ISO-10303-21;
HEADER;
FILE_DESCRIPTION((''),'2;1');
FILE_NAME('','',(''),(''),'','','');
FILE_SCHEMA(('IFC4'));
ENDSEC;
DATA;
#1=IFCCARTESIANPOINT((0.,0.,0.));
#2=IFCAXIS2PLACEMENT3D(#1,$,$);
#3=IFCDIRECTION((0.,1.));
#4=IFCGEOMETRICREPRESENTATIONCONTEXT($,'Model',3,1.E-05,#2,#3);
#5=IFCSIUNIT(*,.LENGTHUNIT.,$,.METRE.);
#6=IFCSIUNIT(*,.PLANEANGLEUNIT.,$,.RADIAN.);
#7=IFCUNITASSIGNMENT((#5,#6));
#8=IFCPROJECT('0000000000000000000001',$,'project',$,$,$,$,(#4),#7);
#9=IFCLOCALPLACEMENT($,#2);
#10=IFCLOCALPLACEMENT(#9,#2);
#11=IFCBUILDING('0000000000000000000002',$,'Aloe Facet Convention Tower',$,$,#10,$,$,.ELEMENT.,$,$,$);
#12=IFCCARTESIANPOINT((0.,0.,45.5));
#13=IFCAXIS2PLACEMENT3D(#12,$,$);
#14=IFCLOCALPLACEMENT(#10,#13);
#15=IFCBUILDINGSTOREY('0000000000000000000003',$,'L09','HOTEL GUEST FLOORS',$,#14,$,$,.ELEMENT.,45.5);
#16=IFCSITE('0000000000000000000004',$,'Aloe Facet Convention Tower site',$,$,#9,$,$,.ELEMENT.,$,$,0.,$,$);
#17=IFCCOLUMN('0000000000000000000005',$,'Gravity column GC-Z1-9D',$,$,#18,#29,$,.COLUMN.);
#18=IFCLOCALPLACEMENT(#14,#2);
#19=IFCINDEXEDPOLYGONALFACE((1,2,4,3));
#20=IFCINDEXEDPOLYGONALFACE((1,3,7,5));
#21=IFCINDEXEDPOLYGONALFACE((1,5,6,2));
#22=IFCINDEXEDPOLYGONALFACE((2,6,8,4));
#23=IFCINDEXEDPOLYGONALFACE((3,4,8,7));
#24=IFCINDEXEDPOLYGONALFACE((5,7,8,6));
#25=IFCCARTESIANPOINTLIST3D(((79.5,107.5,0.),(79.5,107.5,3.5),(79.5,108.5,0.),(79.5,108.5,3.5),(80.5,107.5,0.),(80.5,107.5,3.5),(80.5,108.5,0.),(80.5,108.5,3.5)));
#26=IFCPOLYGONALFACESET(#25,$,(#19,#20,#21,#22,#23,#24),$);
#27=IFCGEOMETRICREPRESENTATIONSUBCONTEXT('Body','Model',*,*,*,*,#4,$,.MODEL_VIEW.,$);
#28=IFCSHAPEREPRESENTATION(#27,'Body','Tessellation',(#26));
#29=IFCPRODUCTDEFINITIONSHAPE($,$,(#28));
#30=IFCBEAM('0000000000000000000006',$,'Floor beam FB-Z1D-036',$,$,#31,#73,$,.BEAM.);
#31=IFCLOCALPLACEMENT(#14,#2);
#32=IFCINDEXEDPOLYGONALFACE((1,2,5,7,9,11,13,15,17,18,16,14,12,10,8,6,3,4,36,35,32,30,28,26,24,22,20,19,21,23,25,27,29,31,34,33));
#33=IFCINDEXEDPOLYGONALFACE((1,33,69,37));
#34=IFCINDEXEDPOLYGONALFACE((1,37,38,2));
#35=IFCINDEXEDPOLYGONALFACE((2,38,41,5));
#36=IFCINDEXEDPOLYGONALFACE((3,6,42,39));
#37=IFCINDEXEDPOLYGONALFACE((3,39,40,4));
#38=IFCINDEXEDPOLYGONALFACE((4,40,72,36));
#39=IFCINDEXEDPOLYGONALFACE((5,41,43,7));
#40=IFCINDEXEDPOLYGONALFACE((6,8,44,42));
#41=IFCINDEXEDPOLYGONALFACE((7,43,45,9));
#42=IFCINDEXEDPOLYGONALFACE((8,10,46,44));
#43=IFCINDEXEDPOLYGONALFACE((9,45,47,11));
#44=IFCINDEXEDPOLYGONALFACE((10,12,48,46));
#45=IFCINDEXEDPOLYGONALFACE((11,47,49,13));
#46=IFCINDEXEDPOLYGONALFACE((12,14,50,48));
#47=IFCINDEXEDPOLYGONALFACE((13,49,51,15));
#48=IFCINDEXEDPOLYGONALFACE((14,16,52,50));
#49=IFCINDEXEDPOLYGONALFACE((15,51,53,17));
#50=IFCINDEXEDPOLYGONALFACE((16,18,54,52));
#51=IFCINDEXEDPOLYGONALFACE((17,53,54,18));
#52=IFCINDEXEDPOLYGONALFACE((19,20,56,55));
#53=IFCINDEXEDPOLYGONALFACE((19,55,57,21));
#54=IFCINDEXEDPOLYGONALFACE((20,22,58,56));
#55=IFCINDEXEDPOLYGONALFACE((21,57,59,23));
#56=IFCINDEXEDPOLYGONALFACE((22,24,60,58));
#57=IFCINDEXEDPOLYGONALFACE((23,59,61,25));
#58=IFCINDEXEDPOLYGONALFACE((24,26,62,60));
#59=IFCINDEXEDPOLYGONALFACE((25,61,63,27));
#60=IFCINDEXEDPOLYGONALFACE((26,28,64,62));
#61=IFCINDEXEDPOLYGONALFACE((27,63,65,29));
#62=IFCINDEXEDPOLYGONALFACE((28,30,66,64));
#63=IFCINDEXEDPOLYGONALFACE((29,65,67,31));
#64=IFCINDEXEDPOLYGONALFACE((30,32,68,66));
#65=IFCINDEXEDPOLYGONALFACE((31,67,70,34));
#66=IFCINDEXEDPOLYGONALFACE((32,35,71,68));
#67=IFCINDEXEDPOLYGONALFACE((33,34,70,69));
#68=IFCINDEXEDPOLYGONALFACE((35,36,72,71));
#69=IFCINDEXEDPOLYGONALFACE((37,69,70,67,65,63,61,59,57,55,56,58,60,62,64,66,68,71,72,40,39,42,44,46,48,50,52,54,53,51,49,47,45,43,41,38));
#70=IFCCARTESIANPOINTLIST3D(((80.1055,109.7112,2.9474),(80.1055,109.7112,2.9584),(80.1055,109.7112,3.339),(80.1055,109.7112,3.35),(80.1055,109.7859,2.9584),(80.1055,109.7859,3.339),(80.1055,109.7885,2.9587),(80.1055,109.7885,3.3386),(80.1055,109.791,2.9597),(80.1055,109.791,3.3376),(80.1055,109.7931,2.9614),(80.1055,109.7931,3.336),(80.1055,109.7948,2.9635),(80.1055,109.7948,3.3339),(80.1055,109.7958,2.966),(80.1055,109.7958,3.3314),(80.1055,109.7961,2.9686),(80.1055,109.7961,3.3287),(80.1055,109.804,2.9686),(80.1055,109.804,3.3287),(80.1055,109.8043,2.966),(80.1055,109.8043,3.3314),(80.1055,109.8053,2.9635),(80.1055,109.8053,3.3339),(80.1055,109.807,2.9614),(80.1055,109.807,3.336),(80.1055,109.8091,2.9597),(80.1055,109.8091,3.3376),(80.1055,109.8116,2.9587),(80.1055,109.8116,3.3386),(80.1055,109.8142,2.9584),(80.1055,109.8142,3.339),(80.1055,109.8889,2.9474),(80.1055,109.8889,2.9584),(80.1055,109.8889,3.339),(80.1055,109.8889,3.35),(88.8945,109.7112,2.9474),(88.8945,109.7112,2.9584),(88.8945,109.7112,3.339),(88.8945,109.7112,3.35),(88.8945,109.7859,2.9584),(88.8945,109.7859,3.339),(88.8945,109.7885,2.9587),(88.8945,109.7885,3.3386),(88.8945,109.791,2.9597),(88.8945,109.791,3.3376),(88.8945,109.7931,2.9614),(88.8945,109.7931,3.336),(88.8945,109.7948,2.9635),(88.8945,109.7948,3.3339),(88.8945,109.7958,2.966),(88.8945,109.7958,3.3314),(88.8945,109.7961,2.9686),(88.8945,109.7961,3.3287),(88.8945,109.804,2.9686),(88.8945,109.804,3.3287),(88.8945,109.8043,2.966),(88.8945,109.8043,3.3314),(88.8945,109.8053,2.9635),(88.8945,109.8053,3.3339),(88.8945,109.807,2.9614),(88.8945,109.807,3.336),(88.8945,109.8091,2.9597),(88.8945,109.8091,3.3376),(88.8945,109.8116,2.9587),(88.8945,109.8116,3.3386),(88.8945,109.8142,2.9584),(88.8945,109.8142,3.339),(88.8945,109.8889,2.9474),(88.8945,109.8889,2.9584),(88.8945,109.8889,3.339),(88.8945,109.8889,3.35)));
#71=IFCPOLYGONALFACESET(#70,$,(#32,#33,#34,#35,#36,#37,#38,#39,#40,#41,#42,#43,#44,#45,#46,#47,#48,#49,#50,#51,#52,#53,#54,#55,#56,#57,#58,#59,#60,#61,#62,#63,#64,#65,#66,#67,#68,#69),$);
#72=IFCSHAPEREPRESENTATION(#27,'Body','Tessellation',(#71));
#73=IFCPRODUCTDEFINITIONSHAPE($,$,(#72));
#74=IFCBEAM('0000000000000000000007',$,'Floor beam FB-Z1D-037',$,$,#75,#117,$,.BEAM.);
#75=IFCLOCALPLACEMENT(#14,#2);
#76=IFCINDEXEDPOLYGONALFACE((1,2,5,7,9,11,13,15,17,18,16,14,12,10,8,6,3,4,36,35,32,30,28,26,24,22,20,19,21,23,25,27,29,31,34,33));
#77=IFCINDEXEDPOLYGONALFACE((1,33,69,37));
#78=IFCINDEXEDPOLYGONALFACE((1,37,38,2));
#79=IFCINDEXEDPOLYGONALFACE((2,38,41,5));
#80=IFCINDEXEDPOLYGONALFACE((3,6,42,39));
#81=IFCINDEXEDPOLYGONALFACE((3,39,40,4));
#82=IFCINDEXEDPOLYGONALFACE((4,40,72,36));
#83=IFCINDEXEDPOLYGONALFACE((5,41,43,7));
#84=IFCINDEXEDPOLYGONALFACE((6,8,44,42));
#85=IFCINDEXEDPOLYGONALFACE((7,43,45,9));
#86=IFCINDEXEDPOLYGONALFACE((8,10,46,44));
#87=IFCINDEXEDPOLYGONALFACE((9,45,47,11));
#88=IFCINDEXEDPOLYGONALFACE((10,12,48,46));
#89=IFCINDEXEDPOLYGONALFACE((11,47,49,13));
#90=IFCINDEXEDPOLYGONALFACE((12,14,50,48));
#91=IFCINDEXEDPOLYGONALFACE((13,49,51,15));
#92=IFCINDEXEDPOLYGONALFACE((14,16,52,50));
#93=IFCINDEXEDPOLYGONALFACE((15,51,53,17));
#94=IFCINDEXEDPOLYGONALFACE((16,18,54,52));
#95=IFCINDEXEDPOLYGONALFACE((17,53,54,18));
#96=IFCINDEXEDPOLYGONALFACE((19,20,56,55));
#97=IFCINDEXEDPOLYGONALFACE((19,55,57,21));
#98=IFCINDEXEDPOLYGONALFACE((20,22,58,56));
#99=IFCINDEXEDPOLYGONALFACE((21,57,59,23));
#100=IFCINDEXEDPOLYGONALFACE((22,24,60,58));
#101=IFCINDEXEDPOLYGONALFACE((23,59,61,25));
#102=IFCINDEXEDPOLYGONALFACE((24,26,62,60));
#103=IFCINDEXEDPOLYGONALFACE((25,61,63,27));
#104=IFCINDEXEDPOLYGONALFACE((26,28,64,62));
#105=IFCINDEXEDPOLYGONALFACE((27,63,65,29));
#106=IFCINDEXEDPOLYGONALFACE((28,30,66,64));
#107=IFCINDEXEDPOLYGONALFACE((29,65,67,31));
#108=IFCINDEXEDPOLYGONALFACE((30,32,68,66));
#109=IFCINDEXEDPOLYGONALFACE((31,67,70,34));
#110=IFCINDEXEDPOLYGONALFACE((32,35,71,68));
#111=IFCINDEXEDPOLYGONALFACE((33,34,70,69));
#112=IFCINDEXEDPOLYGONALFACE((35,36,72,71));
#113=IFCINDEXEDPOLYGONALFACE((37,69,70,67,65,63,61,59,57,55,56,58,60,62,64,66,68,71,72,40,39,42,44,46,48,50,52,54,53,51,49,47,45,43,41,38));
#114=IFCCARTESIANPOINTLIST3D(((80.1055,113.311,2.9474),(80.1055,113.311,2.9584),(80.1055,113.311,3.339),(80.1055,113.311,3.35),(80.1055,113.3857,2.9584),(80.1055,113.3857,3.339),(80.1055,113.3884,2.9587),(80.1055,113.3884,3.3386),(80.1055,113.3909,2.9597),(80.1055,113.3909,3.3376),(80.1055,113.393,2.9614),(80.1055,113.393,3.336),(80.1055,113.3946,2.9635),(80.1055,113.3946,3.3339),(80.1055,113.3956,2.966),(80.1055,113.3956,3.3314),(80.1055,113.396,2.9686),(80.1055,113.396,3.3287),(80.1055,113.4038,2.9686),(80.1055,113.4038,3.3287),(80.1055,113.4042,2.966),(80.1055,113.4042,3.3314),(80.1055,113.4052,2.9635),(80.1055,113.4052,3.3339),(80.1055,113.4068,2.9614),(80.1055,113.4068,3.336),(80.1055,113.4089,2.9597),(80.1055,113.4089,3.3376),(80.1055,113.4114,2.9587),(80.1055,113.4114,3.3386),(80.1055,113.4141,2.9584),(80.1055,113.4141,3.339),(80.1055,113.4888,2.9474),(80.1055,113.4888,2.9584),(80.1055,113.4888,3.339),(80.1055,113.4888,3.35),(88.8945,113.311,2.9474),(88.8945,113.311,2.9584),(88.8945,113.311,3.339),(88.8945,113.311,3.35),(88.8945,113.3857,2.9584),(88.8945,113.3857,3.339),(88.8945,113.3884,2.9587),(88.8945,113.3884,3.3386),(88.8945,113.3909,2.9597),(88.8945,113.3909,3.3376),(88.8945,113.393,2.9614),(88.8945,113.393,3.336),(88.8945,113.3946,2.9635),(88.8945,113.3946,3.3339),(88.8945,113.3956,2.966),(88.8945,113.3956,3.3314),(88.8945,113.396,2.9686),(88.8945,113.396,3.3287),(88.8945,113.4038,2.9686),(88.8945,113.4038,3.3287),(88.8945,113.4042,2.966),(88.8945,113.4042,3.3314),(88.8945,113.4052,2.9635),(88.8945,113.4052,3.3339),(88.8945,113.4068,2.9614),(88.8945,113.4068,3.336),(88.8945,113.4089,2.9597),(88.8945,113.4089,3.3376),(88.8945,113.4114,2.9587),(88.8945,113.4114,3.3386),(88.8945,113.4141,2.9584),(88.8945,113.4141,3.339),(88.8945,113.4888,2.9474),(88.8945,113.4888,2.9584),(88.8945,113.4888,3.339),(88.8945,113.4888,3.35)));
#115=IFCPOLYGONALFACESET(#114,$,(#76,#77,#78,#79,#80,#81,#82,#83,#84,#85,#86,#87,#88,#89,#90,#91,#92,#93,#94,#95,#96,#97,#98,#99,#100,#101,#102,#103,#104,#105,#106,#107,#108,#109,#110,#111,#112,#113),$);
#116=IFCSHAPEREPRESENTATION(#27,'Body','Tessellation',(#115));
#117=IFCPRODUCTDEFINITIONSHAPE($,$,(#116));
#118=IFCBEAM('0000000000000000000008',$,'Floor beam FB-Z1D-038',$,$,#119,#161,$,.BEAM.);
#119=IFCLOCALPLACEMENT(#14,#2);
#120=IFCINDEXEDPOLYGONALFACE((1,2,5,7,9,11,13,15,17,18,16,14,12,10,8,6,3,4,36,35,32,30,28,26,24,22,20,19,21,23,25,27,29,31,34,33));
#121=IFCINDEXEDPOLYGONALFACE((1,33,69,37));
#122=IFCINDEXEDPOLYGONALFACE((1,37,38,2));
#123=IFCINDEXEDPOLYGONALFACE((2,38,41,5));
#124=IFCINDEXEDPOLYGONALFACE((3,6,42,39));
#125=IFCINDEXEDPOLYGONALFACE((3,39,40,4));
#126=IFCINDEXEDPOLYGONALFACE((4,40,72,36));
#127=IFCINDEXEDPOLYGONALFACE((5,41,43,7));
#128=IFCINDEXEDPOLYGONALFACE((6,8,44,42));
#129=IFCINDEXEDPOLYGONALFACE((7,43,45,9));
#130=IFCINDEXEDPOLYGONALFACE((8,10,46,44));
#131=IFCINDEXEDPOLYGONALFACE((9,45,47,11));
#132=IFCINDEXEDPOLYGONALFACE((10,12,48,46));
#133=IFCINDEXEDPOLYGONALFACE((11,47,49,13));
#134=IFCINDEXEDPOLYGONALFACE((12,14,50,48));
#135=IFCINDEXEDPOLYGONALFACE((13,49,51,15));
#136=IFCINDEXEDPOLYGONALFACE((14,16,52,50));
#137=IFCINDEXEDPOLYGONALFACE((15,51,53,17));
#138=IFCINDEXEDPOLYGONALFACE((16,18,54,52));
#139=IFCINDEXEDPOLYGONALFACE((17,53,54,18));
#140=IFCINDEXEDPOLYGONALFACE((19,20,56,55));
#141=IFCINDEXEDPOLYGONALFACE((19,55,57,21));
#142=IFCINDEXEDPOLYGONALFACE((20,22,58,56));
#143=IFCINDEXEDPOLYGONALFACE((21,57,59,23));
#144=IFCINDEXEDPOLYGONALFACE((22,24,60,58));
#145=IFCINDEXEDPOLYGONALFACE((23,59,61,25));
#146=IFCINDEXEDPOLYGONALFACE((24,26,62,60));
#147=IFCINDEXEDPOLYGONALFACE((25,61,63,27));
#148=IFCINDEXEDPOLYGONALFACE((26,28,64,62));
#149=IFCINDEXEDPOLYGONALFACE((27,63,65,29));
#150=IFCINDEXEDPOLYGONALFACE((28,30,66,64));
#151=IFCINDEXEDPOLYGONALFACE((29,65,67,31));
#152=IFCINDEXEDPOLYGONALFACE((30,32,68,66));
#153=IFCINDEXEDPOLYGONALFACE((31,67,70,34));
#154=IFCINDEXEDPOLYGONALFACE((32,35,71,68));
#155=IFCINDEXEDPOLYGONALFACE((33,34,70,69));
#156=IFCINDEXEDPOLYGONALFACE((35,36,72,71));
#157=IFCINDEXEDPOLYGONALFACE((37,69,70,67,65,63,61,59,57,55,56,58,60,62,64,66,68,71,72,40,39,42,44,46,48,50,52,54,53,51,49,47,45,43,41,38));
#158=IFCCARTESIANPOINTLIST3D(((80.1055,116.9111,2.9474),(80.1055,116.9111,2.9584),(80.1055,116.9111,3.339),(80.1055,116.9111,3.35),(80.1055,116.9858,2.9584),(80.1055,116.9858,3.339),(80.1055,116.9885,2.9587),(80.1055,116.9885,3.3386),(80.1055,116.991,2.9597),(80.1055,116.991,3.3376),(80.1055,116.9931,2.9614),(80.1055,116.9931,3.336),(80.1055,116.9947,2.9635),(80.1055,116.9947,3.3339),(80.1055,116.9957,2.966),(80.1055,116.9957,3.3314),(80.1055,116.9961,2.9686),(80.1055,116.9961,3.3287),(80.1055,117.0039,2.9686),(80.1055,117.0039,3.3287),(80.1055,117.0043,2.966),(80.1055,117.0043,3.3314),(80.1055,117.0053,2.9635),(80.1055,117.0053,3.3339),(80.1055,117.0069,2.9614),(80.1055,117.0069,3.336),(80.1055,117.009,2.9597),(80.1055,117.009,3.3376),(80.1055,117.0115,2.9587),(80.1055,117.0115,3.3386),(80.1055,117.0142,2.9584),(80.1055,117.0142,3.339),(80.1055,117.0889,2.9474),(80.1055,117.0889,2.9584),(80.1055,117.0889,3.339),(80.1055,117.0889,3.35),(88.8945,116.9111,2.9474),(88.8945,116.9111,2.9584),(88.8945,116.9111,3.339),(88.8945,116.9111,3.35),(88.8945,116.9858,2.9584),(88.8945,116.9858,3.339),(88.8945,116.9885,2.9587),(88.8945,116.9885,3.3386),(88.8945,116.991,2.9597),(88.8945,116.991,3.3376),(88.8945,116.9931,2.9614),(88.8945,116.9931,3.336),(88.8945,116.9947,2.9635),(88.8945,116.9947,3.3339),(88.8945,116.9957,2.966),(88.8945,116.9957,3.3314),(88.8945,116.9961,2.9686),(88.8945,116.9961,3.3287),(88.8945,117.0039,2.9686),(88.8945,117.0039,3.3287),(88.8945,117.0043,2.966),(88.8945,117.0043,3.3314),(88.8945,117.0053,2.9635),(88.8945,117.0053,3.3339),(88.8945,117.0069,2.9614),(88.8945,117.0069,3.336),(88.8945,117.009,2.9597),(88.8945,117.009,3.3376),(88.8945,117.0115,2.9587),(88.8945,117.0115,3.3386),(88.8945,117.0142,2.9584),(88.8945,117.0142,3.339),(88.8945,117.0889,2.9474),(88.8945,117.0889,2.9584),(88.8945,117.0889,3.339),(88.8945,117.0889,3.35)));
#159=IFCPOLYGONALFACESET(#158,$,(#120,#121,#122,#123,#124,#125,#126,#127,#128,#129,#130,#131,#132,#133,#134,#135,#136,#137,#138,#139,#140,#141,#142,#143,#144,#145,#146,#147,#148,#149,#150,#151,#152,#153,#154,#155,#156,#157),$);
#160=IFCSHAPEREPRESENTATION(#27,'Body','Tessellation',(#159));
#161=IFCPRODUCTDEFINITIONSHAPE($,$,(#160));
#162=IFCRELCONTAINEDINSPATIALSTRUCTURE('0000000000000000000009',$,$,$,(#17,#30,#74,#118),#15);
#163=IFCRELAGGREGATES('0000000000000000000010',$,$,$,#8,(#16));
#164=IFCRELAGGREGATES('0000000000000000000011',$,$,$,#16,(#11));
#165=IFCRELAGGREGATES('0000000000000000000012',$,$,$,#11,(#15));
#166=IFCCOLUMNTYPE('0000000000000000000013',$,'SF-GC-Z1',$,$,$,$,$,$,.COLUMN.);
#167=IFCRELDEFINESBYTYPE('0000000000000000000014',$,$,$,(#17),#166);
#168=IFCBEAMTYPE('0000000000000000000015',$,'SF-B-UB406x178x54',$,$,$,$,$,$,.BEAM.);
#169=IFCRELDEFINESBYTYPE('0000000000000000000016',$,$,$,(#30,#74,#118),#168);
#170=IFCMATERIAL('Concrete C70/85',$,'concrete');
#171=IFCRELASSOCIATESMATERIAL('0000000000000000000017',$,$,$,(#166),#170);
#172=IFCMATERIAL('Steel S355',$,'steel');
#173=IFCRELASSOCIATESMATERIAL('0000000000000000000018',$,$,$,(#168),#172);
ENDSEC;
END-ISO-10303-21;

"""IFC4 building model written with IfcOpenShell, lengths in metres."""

from ifc_helpers import new_model, si_unit, direction, frame, origin, origin_2d, place, context, subcontext, project, spatial, rectangle, i_section, extrude, material, material_profile, profile_set, type_object, element, save


model = new_model("IFC4")

# Units and contexts
model_context = context("Model", 3, precision=1e-05, world=origin(), true_north=direction((0.0, 1.0)))
body_context = subcontext(model_context, "Body", "Model", "MODEL_VIEW")
ifc_project = project(units=[si_unit("LENGTHUNIT", "METRE"), si_unit("PLANEANGLEUNIT", "RADIAN")], contexts=[model_context])

# Site, building, storey
site_placement = place(None, origin())
site = spatial("IfcSite", under=ifc_project, at=site_placement, Name="Aloe Facet Convention Tower site", CompositionType="ELEMENT", RefElevation=0.0)
building_placement = place(site_placement, origin())
building = spatial("IfcBuilding", under=site, at=building_placement, Name="Aloe Facet Convention Tower", CompositionType="ELEMENT")
storey_placement = place(building_placement, frame((0.0, 0.0, 45.5)))
storey = spatial("IfcBuildingStorey", under=building, at=storey_placement, Name="L09", Description="HOTEL GUEST FLOORS", CompositionType="ELEMENT", Elevation=45.5)

# Column
ifc_material_1 = material(Name="Concrete C70/85", Category="concrete")
ifc_material_profile_1 = material_profile(ifc_material_1, rectangle(XDim=1.0, YDim=1.0, at=origin_2d()), Name="SF-GC-Z1")
ifc_profile_set_1 = profile_set([ifc_material_profile_1], Name="Concrete C70/85")
column_type = type_object("IfcColumnType", Name="SF-GC-Z1", PredefinedType="COLUMN", material=ifc_profile_set_1)
column_placement = place(storey_placement, frame((80.0, 108.0, 0.0), z_axis=(0.0, 0.0, 1.0), x_axis=(1.0, 0.0, 0.0)))
element("IfcColumn", 1, at=column_placement, inside=storey, type_object=column_type, Name="Gravity column GC-Z1-9D", PredefinedType="COLUMN", context=body_context, shape_type="SweptSolid", body=[
    extrude(rectangle(XDim=1.0, YDim=1.0, at=origin_2d()), origin(), (0.0, 0.0, 1.0), 3.5),
])

# Beams
ifc_material_2 = material(Name="Steel S355", Category="steel")
ifc_material_profile_2 = material_profile(ifc_material_2, i_section(OverallWidth=0.1777, OverallDepth=0.4026, WebThickness=0.0078, FlangeThickness=0.011, FilletRadius=0.0103, at=origin_2d()), Name="UB 406x178x54")
ifc_profile_set_2 = profile_set([ifc_material_profile_2], Name="Steel S355")
beam_type_1 = type_object("IfcBeamType", Name="SF-B-UB406x178x54", PredefinedType="BEAM", material=ifc_profile_set_2)
for number, where, z_axis, x_axis, name in (
    (2, (80.1055, 109.8, 3.1487), (1.0, 0.0, 0.0), (0.0, 1.0, 0.0), "Floor beam FB-Z1D-036"),
    (3, (80.1055, 113.3999, 3.1487), (1.0, 0.0, 0.0), (0.0, 1.0, 0.0), "Floor beam FB-Z1D-037"),
    (4, (80.1055, 117.0, 3.1487), (1.0, 0.0, 0.0), (0.0, 1.0, 0.0), "Floor beam FB-Z1D-038"),
):
    element("IfcBeam", number, at=place(storey_placement, frame(where, z_axis=z_axis, x_axis=x_axis)), inside=storey, type_object=beam_type_1, Name=name, PredefinedType="BEAM", context=body_context, shape_type="SweptSolid", body=[
        extrude(i_section(OverallWidth=0.1777, OverallDepth=0.4026, WebThickness=0.0078, FlangeThickness=0.011, FilletRadius=0.0103, at=origin_2d()), origin(), (0.0, 0.0, 1.0), 8.7891),
    ])

save(model, "model.ifc")
